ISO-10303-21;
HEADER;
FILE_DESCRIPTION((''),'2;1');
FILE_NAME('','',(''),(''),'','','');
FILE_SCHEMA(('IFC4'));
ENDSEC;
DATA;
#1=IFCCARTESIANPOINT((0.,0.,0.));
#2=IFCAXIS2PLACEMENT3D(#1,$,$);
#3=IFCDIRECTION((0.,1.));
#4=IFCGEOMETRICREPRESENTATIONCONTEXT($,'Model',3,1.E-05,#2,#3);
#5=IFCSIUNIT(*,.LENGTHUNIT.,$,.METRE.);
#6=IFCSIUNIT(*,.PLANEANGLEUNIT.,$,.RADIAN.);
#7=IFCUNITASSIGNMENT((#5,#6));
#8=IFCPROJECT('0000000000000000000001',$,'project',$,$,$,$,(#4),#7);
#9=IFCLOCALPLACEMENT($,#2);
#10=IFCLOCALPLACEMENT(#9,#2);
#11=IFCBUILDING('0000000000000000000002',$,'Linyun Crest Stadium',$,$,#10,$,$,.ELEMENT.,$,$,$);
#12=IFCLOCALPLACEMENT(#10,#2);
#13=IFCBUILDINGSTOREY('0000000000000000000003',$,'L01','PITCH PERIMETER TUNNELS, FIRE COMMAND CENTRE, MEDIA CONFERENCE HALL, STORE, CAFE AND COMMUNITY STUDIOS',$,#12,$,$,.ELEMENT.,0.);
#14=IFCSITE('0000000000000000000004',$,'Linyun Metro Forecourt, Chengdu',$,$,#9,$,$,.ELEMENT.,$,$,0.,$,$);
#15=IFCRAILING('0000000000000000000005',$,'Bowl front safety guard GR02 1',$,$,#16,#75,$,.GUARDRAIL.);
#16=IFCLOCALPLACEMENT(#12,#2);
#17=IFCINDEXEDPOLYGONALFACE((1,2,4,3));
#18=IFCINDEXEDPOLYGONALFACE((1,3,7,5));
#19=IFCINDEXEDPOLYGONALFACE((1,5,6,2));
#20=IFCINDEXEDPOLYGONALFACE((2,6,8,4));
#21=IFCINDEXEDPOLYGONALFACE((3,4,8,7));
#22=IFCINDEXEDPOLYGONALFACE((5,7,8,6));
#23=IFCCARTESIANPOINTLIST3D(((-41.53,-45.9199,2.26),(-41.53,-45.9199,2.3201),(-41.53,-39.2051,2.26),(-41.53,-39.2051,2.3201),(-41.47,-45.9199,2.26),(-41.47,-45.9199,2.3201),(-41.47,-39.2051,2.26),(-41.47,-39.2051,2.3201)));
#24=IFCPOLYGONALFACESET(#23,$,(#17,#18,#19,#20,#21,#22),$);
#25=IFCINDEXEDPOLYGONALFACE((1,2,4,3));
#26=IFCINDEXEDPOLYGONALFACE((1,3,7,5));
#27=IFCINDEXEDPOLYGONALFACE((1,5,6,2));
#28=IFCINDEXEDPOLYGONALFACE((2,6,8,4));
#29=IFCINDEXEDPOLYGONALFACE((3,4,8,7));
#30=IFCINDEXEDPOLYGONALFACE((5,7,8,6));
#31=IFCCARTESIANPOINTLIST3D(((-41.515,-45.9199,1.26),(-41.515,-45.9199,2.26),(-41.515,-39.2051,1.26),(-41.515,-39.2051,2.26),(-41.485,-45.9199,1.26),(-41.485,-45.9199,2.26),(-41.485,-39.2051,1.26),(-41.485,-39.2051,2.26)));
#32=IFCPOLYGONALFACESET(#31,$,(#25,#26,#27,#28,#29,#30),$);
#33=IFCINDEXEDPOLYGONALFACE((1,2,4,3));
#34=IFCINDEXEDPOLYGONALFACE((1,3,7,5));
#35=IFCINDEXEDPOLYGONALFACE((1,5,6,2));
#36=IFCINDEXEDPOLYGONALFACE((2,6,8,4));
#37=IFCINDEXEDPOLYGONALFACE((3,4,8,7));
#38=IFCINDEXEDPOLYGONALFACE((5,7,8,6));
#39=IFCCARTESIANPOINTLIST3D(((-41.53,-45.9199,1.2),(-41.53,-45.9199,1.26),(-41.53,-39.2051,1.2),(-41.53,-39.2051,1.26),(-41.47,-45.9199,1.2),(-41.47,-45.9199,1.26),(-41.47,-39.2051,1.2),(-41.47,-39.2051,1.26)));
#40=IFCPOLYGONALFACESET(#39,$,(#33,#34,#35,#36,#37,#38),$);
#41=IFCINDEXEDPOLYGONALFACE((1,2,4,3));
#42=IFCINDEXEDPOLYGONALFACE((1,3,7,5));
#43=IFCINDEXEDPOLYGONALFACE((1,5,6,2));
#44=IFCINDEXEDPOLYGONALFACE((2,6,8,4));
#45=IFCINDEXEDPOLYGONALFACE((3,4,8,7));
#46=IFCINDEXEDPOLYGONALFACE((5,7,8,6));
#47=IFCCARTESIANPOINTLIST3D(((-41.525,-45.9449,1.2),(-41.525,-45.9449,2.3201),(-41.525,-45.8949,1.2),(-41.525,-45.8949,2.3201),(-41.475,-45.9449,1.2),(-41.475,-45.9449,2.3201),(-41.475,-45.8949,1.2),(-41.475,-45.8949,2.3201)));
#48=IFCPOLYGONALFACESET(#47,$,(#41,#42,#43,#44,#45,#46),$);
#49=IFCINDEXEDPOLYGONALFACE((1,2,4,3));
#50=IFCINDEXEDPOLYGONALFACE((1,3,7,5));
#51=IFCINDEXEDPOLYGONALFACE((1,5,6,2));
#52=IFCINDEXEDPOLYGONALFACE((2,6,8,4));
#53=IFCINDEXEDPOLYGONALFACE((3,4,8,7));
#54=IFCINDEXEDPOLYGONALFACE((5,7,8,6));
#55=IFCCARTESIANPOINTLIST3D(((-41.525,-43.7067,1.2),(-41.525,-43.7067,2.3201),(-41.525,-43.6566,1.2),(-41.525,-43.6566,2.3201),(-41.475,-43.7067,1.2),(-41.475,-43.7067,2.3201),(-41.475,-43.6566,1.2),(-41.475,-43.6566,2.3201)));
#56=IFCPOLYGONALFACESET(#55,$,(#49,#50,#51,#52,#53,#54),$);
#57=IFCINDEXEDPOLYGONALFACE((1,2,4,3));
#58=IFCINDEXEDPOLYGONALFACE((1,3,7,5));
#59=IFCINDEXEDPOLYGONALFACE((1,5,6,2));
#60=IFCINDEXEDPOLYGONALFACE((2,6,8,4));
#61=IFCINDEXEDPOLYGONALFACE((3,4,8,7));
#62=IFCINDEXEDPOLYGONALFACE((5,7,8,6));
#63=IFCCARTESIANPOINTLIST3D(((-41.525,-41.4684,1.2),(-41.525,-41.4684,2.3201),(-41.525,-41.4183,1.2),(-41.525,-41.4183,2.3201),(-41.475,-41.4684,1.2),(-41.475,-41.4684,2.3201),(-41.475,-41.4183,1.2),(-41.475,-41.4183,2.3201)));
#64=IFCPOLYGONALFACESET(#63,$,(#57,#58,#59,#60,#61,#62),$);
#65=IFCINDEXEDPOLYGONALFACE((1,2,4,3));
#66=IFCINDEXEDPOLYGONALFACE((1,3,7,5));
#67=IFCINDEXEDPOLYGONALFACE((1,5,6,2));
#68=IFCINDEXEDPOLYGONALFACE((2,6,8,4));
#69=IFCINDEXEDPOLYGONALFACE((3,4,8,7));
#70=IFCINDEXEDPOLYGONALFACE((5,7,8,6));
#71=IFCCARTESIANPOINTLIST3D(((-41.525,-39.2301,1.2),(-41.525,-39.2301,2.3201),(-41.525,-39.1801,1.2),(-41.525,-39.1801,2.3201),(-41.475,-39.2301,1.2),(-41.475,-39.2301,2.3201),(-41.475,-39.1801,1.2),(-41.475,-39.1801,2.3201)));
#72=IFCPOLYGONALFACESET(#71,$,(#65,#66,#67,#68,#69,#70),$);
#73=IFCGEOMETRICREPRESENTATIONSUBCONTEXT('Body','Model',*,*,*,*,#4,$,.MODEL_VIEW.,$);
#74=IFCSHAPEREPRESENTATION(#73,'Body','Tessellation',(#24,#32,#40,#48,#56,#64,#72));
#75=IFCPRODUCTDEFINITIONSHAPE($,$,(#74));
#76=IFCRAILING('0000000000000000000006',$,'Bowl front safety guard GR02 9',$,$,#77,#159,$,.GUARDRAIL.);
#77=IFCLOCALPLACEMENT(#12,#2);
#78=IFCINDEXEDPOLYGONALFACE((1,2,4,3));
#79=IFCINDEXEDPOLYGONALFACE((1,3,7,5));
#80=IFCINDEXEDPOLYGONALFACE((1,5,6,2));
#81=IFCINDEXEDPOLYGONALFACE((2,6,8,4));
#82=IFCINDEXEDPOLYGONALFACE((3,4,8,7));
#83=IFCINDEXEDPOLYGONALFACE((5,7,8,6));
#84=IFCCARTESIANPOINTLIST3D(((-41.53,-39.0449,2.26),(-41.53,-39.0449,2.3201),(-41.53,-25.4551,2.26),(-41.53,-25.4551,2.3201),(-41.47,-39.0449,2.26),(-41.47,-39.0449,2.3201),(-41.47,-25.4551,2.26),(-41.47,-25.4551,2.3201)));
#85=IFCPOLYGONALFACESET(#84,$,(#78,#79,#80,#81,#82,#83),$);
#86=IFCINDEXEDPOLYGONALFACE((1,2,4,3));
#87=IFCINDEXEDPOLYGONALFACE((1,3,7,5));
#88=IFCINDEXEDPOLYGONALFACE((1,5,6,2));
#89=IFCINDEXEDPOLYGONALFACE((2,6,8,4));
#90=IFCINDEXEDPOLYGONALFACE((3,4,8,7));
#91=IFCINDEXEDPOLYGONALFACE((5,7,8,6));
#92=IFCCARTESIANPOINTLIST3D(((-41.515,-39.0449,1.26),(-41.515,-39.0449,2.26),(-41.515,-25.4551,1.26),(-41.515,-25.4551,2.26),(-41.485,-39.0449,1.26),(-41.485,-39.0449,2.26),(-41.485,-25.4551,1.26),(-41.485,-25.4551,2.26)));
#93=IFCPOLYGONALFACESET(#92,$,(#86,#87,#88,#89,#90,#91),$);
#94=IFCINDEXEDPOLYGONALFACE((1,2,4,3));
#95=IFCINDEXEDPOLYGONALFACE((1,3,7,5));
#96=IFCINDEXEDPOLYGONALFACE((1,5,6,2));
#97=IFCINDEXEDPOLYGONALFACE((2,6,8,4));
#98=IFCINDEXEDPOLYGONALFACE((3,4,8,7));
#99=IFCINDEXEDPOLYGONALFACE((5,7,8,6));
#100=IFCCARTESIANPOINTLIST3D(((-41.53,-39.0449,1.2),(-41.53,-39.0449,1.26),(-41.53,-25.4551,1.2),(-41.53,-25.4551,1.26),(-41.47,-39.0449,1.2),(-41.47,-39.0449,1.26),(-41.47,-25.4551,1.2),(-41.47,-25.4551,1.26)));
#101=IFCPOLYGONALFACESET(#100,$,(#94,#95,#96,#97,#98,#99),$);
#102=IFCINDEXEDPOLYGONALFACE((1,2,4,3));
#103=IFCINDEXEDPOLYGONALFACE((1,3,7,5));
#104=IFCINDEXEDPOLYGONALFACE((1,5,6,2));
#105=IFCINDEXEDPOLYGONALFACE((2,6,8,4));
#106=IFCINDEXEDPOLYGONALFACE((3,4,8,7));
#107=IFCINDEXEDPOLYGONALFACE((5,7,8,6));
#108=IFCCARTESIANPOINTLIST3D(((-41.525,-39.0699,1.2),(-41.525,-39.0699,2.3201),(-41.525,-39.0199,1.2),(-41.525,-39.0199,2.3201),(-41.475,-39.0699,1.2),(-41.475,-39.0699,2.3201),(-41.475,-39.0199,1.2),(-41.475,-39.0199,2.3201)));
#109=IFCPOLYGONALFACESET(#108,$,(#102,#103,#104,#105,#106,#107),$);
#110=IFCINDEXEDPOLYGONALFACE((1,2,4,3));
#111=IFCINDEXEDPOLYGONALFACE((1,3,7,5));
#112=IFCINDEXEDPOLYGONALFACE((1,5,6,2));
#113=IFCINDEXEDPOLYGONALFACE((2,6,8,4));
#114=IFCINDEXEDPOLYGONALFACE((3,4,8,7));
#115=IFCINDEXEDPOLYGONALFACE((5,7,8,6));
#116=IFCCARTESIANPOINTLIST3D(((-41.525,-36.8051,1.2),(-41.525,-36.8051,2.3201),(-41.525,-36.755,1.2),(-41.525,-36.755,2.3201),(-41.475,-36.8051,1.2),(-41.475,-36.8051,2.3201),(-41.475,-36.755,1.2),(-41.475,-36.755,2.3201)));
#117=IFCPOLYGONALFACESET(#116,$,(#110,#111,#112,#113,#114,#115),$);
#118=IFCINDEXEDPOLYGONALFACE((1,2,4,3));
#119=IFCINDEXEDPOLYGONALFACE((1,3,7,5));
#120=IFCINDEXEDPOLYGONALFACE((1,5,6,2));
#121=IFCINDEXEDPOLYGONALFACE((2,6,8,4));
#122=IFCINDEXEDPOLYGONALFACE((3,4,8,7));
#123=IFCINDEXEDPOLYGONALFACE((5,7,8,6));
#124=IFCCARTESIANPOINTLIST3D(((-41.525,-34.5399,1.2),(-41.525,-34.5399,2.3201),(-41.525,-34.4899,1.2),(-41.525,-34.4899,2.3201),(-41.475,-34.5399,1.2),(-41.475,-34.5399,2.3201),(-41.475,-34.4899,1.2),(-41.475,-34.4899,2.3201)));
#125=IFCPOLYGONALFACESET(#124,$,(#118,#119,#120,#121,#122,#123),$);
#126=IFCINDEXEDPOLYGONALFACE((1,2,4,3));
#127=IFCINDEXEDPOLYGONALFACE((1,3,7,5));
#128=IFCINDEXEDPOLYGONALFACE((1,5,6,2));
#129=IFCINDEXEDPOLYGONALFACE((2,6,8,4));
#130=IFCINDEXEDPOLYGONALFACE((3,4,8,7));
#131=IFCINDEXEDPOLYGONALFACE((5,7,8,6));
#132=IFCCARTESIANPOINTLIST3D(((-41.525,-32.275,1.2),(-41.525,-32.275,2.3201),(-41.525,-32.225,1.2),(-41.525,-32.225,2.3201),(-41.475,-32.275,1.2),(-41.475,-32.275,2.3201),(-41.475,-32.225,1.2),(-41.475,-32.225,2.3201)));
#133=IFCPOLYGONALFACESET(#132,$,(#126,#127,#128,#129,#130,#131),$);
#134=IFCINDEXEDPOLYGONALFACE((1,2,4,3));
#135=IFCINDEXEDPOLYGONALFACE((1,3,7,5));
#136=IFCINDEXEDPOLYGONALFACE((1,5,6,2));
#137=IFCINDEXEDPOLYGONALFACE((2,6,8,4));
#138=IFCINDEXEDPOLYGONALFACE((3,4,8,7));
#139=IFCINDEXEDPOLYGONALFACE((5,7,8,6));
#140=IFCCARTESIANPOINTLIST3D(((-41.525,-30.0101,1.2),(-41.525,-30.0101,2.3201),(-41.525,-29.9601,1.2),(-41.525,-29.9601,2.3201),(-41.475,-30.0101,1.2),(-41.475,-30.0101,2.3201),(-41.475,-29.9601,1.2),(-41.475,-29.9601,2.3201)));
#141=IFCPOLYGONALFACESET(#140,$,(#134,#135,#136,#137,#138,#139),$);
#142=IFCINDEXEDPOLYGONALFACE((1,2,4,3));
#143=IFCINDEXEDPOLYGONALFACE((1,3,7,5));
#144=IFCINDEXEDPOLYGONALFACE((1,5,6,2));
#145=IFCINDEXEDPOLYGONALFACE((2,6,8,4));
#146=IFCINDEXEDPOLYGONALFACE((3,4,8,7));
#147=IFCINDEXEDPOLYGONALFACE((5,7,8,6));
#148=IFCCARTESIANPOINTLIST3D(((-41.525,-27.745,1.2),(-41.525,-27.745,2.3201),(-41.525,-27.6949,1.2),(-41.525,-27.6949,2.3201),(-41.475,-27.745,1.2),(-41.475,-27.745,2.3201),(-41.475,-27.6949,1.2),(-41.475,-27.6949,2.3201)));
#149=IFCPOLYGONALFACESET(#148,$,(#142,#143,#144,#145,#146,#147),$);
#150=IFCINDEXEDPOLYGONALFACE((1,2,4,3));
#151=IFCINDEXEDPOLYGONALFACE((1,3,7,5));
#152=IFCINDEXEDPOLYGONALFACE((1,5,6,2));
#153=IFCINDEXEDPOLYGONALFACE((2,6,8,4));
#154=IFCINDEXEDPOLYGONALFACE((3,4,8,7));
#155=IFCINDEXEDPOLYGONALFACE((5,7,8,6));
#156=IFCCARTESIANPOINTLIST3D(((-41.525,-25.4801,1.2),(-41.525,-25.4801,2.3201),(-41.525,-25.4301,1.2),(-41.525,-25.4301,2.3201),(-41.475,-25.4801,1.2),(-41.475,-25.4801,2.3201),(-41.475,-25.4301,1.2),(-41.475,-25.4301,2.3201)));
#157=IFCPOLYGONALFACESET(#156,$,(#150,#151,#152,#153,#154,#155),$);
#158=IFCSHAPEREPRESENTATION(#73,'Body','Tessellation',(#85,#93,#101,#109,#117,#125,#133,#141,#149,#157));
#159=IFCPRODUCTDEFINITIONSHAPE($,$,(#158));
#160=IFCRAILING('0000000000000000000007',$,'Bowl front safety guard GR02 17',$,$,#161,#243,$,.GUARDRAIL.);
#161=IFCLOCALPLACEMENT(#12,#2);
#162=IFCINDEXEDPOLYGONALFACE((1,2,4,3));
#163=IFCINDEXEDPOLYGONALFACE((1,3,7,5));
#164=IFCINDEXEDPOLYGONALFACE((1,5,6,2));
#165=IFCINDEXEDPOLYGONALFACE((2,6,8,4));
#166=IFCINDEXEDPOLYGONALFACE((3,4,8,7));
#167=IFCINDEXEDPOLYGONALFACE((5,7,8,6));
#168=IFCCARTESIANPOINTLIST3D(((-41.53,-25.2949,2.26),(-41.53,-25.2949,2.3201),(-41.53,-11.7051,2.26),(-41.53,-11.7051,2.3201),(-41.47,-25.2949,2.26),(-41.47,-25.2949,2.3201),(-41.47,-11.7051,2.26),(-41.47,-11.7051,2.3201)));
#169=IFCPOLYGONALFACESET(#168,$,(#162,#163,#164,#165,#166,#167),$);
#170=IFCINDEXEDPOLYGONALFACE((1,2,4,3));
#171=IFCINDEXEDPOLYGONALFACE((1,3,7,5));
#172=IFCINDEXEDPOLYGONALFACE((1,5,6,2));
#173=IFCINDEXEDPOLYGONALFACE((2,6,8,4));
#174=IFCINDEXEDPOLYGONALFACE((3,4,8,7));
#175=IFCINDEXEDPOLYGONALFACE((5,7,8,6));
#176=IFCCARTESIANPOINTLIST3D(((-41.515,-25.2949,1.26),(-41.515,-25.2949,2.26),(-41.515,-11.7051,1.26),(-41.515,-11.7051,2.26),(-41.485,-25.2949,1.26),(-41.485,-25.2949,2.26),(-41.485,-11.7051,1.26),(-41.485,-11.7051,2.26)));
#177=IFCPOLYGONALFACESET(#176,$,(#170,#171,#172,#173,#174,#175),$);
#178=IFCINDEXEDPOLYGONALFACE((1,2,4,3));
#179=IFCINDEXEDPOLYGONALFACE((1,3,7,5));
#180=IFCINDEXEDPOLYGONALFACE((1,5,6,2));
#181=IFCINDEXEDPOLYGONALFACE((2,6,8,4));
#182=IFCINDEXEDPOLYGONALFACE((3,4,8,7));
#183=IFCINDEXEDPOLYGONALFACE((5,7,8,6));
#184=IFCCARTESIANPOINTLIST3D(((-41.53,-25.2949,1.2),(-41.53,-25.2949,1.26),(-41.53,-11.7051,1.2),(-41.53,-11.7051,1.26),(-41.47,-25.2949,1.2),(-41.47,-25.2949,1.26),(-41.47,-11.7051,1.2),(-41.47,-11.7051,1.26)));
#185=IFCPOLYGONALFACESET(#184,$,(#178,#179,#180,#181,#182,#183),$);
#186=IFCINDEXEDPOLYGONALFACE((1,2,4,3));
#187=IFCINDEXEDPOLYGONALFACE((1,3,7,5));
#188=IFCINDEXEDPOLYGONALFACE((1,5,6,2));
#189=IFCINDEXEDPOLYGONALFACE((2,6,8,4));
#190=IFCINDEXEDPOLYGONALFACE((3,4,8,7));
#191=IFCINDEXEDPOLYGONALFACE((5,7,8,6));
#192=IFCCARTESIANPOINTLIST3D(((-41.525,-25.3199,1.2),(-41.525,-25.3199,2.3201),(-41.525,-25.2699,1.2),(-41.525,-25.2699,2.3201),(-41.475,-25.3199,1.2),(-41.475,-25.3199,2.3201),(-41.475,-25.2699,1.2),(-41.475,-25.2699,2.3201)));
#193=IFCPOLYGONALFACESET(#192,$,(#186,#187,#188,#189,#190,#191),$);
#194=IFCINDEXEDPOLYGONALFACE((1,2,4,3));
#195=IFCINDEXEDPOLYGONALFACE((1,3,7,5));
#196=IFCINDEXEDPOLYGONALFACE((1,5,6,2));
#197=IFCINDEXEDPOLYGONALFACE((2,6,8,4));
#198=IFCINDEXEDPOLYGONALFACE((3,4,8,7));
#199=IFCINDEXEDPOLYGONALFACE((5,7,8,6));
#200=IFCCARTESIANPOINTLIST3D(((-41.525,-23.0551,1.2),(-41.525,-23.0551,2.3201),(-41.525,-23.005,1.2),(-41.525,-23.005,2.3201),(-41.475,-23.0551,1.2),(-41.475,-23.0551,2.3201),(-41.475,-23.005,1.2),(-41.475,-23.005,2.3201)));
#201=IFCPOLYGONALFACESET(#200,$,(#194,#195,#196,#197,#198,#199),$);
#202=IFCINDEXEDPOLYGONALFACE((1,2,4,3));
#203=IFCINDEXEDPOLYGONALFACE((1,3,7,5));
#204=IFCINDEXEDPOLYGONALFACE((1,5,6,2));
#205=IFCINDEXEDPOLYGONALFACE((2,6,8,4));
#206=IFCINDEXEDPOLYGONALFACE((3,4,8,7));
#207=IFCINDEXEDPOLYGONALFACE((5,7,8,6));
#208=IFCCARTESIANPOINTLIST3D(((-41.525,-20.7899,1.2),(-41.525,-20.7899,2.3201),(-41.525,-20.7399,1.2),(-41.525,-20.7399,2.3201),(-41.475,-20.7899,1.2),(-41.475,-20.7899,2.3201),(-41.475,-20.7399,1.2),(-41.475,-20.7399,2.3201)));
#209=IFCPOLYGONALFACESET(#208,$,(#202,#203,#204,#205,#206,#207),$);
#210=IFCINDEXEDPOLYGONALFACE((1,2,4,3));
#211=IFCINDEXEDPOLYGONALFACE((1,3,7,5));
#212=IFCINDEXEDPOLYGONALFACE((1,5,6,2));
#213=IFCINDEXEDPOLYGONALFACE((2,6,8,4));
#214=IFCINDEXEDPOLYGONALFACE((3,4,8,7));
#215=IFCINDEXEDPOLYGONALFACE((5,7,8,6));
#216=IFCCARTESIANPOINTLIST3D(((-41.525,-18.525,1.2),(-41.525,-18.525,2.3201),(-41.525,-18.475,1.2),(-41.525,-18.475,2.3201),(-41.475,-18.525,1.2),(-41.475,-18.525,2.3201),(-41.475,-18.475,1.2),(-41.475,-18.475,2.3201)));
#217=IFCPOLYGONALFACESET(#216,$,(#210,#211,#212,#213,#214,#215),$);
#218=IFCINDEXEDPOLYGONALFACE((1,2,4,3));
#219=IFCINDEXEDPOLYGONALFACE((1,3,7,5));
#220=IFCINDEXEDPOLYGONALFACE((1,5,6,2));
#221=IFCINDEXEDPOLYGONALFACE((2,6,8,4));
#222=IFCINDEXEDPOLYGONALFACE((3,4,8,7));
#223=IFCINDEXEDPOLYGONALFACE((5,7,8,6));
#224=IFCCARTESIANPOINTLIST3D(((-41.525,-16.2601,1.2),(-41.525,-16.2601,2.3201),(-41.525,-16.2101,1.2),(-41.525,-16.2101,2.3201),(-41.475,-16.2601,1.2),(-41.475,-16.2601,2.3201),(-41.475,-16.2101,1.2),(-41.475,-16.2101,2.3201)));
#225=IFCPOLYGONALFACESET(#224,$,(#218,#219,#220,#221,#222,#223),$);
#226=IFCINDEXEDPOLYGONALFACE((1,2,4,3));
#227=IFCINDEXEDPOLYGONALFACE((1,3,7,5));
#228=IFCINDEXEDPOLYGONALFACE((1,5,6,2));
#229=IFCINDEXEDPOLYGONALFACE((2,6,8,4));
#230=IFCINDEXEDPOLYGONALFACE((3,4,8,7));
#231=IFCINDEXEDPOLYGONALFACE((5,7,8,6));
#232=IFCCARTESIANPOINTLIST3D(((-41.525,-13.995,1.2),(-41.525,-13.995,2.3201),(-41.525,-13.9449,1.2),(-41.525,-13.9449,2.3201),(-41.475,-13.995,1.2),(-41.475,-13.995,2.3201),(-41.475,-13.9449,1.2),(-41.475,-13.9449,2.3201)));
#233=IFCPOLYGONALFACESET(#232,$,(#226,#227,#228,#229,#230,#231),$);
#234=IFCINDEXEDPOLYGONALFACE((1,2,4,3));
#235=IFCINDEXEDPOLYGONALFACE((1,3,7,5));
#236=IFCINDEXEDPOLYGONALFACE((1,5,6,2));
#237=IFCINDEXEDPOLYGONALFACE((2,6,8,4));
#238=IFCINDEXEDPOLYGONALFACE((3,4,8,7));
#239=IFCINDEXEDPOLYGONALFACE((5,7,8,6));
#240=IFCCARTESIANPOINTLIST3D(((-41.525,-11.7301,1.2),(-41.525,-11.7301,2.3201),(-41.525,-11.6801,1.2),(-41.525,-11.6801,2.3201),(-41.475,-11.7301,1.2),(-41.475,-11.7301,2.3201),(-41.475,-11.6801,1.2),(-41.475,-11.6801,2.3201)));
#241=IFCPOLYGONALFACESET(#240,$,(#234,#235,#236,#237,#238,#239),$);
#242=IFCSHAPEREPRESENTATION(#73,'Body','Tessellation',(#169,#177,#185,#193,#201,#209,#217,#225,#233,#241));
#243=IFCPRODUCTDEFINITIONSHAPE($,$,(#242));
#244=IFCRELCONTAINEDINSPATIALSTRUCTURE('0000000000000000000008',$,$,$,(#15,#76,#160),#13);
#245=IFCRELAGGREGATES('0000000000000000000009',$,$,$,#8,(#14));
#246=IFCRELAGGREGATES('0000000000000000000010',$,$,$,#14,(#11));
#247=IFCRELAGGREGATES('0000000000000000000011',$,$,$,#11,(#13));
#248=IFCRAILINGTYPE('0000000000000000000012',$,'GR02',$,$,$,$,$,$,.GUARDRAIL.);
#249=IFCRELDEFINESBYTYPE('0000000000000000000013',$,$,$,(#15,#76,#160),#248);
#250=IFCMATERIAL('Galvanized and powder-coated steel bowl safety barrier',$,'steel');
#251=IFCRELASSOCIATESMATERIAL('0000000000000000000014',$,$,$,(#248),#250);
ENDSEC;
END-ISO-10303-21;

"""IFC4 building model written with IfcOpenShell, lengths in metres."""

from ifc_helpers import new_model, si_unit, direction, frame, origin, origin_2d, place, context, subcontext, project, spatial, rectangle, extrude, material, type_object, element, save


model = new_model("IFC4")

# Units and contexts
model_context = context("Model", 3, precision=1e-05, world=origin(), true_north=direction((0.0, 1.0)))
body_context = subcontext(model_context, "Body", "Model", "MODEL_VIEW")
ifc_project = project(units=[si_unit("LENGTHUNIT", "METRE"), si_unit("PLANEANGLEUNIT", "RADIAN")], contexts=[model_context])

# Site, building, storey
site_placement = place(None, origin())
site = spatial("IfcSite", under=ifc_project, at=site_placement, Name="Linyun Metro Forecourt, Chengdu", CompositionType="ELEMENT", RefElevation=0.0)
building_placement = place(site_placement, origin())
building = spatial("IfcBuilding", under=site, at=building_placement, Name="Linyun Crest Stadium", CompositionType="ELEMENT")
storey_placement = place(building_placement, origin())
storey = spatial("IfcBuildingStorey", under=building, at=storey_placement, Name="L01", Description="PITCH PERIMETER TUNNELS, FIRE COMMAND CENTRE, MEDIA CONFERENCE HALL, STORE, CAFE AND COMMUNITY STUDIOS", CompositionType="ELEMENT", Elevation=0.0)

# Railings
ifc_material_1 = material(Name="Galvanized and powder-coated steel bowl safety barrier", Category="steel")
railing_type = type_object("IfcRailingType", Name="GR02", PredefinedType="GUARDRAIL", material=ifc_material_1)
railing_1_placement = place(storey_placement, frame((-41.5, -45.9199, 1.2)))
element("IfcRailing", 1, at=railing_1_placement, inside=storey, type_object=railing_type, Name="Bowl front safety guard GR02 1", PredefinedType="GUARDRAIL", context=body_context, shape_type="SweptSolid", body=[
    extrude(rectangle(XDim=0.0601, YDim=0.0601, at=origin_2d()), frame((0.0, 0.0, 1.0901), z_axis=(0.0, 1.0, 0.0), x_axis=(-1.0, 0.0, 0.0)), (0.0, 0.0, 1.0), 6.7148),
    extrude(rectangle(XDim=0.03, YDim=1.0, at=origin_2d()), frame((0.0, 0.0, 0.5601), z_axis=(0.0, 1.0, 0.0), x_axis=(-1.0, 0.0, 0.0)), (0.0, 0.0, 1.0), 6.7148),
    extrude(rectangle(XDim=0.0601, YDim=0.0601, at=origin_2d()), frame((0.0, 0.0, 0.03), z_axis=(0.0, 1.0, 0.0), x_axis=(-1.0, 0.0, 0.0)), (0.0, 0.0, 1.0), 6.7148),
    extrude(rectangle(XDim=0.05, YDim=0.05, at=origin_2d()), origin(), (0.0, 0.0, 1.0), 1.1201),
    extrude(rectangle(XDim=0.05, YDim=0.05, at=origin_2d()), frame((0.0, 2.2383, 0.0)), (0.0, 0.0, 1.0), 1.1201),
    extrude(rectangle(XDim=0.05, YDim=0.05, at=origin_2d()), frame((0.0, 4.4766, 0.0)), (0.0, 0.0, 1.0), 1.1201),
    extrude(rectangle(XDim=0.05, YDim=0.05, at=origin_2d()), frame((0.0, 6.7148, 0.0)), (0.0, 0.0, 1.0), 1.1201),
])
for number, where, name in (
    (2, (-41.5, -39.0449, 1.2), "Bowl front safety guard GR02 9"),
    (3, (-41.5, -25.2949, 1.2), "Bowl front safety guard GR02 17"),
):
    element("IfcRailing", number, at=place(storey_placement, frame(where)), inside=storey, type_object=railing_type, Name=name, PredefinedType="GUARDRAIL", context=body_context, shape_type="SweptSolid", body=[
        extrude(rectangle(XDim=0.0601, YDim=0.0601, at=origin_2d()), frame((0.0, 0.0, 1.0901), z_axis=(0.0, 1.0, 0.0), x_axis=(-1.0, 0.0, 0.0)), (0.0, 0.0, 1.0), 13.5898),
        extrude(rectangle(XDim=0.03, YDim=1.0, at=origin_2d()), frame((0.0, 0.0, 0.5601), z_axis=(0.0, 1.0, 0.0), x_axis=(-1.0, 0.0, 0.0)), (0.0, 0.0, 1.0), 13.5898),
        extrude(rectangle(XDim=0.0601, YDim=0.0601, at=origin_2d()), frame((0.0, 0.0, 0.03), z_axis=(0.0, 1.0, 0.0), x_axis=(-1.0, 0.0, 0.0)), (0.0, 0.0, 1.0), 13.5898),
        extrude(rectangle(XDim=0.05, YDim=0.05, at=origin_2d()), origin(), (0.0, 0.0, 1.0), 1.1201),
        extrude(rectangle(XDim=0.05, YDim=0.05, at=origin_2d()), frame((0.0, 2.2649, 0.0)), (0.0, 0.0, 1.0), 1.1201),
        extrude(rectangle(XDim=0.05, YDim=0.05, at=origin_2d()), frame((0.0, 4.53, 0.0)), (0.0, 0.0, 1.0), 1.1201),
        extrude(rectangle(XDim=0.05, YDim=0.05, at=origin_2d()), frame((0.0, 6.7949, 0.0)), (0.0, 0.0, 1.0), 1.1201),
        extrude(rectangle(XDim=0.05, YDim=0.05, at=origin_2d()), frame((0.0, 9.0598, 0.0)), (0.0, 0.0, 1.0), 1.1201),
        extrude(rectangle(XDim=0.05, YDim=0.05, at=origin_2d()), frame((0.0, 11.325, 0.0)), (0.0, 0.0, 1.0), 1.1201),
        extrude(rectangle(XDim=0.05, YDim=0.05, at=origin_2d()), frame((0.0, 13.5898, 0.0)), (0.0, 0.0, 1.0), 1.1201),
    ])

save(model, "model.ifc")
